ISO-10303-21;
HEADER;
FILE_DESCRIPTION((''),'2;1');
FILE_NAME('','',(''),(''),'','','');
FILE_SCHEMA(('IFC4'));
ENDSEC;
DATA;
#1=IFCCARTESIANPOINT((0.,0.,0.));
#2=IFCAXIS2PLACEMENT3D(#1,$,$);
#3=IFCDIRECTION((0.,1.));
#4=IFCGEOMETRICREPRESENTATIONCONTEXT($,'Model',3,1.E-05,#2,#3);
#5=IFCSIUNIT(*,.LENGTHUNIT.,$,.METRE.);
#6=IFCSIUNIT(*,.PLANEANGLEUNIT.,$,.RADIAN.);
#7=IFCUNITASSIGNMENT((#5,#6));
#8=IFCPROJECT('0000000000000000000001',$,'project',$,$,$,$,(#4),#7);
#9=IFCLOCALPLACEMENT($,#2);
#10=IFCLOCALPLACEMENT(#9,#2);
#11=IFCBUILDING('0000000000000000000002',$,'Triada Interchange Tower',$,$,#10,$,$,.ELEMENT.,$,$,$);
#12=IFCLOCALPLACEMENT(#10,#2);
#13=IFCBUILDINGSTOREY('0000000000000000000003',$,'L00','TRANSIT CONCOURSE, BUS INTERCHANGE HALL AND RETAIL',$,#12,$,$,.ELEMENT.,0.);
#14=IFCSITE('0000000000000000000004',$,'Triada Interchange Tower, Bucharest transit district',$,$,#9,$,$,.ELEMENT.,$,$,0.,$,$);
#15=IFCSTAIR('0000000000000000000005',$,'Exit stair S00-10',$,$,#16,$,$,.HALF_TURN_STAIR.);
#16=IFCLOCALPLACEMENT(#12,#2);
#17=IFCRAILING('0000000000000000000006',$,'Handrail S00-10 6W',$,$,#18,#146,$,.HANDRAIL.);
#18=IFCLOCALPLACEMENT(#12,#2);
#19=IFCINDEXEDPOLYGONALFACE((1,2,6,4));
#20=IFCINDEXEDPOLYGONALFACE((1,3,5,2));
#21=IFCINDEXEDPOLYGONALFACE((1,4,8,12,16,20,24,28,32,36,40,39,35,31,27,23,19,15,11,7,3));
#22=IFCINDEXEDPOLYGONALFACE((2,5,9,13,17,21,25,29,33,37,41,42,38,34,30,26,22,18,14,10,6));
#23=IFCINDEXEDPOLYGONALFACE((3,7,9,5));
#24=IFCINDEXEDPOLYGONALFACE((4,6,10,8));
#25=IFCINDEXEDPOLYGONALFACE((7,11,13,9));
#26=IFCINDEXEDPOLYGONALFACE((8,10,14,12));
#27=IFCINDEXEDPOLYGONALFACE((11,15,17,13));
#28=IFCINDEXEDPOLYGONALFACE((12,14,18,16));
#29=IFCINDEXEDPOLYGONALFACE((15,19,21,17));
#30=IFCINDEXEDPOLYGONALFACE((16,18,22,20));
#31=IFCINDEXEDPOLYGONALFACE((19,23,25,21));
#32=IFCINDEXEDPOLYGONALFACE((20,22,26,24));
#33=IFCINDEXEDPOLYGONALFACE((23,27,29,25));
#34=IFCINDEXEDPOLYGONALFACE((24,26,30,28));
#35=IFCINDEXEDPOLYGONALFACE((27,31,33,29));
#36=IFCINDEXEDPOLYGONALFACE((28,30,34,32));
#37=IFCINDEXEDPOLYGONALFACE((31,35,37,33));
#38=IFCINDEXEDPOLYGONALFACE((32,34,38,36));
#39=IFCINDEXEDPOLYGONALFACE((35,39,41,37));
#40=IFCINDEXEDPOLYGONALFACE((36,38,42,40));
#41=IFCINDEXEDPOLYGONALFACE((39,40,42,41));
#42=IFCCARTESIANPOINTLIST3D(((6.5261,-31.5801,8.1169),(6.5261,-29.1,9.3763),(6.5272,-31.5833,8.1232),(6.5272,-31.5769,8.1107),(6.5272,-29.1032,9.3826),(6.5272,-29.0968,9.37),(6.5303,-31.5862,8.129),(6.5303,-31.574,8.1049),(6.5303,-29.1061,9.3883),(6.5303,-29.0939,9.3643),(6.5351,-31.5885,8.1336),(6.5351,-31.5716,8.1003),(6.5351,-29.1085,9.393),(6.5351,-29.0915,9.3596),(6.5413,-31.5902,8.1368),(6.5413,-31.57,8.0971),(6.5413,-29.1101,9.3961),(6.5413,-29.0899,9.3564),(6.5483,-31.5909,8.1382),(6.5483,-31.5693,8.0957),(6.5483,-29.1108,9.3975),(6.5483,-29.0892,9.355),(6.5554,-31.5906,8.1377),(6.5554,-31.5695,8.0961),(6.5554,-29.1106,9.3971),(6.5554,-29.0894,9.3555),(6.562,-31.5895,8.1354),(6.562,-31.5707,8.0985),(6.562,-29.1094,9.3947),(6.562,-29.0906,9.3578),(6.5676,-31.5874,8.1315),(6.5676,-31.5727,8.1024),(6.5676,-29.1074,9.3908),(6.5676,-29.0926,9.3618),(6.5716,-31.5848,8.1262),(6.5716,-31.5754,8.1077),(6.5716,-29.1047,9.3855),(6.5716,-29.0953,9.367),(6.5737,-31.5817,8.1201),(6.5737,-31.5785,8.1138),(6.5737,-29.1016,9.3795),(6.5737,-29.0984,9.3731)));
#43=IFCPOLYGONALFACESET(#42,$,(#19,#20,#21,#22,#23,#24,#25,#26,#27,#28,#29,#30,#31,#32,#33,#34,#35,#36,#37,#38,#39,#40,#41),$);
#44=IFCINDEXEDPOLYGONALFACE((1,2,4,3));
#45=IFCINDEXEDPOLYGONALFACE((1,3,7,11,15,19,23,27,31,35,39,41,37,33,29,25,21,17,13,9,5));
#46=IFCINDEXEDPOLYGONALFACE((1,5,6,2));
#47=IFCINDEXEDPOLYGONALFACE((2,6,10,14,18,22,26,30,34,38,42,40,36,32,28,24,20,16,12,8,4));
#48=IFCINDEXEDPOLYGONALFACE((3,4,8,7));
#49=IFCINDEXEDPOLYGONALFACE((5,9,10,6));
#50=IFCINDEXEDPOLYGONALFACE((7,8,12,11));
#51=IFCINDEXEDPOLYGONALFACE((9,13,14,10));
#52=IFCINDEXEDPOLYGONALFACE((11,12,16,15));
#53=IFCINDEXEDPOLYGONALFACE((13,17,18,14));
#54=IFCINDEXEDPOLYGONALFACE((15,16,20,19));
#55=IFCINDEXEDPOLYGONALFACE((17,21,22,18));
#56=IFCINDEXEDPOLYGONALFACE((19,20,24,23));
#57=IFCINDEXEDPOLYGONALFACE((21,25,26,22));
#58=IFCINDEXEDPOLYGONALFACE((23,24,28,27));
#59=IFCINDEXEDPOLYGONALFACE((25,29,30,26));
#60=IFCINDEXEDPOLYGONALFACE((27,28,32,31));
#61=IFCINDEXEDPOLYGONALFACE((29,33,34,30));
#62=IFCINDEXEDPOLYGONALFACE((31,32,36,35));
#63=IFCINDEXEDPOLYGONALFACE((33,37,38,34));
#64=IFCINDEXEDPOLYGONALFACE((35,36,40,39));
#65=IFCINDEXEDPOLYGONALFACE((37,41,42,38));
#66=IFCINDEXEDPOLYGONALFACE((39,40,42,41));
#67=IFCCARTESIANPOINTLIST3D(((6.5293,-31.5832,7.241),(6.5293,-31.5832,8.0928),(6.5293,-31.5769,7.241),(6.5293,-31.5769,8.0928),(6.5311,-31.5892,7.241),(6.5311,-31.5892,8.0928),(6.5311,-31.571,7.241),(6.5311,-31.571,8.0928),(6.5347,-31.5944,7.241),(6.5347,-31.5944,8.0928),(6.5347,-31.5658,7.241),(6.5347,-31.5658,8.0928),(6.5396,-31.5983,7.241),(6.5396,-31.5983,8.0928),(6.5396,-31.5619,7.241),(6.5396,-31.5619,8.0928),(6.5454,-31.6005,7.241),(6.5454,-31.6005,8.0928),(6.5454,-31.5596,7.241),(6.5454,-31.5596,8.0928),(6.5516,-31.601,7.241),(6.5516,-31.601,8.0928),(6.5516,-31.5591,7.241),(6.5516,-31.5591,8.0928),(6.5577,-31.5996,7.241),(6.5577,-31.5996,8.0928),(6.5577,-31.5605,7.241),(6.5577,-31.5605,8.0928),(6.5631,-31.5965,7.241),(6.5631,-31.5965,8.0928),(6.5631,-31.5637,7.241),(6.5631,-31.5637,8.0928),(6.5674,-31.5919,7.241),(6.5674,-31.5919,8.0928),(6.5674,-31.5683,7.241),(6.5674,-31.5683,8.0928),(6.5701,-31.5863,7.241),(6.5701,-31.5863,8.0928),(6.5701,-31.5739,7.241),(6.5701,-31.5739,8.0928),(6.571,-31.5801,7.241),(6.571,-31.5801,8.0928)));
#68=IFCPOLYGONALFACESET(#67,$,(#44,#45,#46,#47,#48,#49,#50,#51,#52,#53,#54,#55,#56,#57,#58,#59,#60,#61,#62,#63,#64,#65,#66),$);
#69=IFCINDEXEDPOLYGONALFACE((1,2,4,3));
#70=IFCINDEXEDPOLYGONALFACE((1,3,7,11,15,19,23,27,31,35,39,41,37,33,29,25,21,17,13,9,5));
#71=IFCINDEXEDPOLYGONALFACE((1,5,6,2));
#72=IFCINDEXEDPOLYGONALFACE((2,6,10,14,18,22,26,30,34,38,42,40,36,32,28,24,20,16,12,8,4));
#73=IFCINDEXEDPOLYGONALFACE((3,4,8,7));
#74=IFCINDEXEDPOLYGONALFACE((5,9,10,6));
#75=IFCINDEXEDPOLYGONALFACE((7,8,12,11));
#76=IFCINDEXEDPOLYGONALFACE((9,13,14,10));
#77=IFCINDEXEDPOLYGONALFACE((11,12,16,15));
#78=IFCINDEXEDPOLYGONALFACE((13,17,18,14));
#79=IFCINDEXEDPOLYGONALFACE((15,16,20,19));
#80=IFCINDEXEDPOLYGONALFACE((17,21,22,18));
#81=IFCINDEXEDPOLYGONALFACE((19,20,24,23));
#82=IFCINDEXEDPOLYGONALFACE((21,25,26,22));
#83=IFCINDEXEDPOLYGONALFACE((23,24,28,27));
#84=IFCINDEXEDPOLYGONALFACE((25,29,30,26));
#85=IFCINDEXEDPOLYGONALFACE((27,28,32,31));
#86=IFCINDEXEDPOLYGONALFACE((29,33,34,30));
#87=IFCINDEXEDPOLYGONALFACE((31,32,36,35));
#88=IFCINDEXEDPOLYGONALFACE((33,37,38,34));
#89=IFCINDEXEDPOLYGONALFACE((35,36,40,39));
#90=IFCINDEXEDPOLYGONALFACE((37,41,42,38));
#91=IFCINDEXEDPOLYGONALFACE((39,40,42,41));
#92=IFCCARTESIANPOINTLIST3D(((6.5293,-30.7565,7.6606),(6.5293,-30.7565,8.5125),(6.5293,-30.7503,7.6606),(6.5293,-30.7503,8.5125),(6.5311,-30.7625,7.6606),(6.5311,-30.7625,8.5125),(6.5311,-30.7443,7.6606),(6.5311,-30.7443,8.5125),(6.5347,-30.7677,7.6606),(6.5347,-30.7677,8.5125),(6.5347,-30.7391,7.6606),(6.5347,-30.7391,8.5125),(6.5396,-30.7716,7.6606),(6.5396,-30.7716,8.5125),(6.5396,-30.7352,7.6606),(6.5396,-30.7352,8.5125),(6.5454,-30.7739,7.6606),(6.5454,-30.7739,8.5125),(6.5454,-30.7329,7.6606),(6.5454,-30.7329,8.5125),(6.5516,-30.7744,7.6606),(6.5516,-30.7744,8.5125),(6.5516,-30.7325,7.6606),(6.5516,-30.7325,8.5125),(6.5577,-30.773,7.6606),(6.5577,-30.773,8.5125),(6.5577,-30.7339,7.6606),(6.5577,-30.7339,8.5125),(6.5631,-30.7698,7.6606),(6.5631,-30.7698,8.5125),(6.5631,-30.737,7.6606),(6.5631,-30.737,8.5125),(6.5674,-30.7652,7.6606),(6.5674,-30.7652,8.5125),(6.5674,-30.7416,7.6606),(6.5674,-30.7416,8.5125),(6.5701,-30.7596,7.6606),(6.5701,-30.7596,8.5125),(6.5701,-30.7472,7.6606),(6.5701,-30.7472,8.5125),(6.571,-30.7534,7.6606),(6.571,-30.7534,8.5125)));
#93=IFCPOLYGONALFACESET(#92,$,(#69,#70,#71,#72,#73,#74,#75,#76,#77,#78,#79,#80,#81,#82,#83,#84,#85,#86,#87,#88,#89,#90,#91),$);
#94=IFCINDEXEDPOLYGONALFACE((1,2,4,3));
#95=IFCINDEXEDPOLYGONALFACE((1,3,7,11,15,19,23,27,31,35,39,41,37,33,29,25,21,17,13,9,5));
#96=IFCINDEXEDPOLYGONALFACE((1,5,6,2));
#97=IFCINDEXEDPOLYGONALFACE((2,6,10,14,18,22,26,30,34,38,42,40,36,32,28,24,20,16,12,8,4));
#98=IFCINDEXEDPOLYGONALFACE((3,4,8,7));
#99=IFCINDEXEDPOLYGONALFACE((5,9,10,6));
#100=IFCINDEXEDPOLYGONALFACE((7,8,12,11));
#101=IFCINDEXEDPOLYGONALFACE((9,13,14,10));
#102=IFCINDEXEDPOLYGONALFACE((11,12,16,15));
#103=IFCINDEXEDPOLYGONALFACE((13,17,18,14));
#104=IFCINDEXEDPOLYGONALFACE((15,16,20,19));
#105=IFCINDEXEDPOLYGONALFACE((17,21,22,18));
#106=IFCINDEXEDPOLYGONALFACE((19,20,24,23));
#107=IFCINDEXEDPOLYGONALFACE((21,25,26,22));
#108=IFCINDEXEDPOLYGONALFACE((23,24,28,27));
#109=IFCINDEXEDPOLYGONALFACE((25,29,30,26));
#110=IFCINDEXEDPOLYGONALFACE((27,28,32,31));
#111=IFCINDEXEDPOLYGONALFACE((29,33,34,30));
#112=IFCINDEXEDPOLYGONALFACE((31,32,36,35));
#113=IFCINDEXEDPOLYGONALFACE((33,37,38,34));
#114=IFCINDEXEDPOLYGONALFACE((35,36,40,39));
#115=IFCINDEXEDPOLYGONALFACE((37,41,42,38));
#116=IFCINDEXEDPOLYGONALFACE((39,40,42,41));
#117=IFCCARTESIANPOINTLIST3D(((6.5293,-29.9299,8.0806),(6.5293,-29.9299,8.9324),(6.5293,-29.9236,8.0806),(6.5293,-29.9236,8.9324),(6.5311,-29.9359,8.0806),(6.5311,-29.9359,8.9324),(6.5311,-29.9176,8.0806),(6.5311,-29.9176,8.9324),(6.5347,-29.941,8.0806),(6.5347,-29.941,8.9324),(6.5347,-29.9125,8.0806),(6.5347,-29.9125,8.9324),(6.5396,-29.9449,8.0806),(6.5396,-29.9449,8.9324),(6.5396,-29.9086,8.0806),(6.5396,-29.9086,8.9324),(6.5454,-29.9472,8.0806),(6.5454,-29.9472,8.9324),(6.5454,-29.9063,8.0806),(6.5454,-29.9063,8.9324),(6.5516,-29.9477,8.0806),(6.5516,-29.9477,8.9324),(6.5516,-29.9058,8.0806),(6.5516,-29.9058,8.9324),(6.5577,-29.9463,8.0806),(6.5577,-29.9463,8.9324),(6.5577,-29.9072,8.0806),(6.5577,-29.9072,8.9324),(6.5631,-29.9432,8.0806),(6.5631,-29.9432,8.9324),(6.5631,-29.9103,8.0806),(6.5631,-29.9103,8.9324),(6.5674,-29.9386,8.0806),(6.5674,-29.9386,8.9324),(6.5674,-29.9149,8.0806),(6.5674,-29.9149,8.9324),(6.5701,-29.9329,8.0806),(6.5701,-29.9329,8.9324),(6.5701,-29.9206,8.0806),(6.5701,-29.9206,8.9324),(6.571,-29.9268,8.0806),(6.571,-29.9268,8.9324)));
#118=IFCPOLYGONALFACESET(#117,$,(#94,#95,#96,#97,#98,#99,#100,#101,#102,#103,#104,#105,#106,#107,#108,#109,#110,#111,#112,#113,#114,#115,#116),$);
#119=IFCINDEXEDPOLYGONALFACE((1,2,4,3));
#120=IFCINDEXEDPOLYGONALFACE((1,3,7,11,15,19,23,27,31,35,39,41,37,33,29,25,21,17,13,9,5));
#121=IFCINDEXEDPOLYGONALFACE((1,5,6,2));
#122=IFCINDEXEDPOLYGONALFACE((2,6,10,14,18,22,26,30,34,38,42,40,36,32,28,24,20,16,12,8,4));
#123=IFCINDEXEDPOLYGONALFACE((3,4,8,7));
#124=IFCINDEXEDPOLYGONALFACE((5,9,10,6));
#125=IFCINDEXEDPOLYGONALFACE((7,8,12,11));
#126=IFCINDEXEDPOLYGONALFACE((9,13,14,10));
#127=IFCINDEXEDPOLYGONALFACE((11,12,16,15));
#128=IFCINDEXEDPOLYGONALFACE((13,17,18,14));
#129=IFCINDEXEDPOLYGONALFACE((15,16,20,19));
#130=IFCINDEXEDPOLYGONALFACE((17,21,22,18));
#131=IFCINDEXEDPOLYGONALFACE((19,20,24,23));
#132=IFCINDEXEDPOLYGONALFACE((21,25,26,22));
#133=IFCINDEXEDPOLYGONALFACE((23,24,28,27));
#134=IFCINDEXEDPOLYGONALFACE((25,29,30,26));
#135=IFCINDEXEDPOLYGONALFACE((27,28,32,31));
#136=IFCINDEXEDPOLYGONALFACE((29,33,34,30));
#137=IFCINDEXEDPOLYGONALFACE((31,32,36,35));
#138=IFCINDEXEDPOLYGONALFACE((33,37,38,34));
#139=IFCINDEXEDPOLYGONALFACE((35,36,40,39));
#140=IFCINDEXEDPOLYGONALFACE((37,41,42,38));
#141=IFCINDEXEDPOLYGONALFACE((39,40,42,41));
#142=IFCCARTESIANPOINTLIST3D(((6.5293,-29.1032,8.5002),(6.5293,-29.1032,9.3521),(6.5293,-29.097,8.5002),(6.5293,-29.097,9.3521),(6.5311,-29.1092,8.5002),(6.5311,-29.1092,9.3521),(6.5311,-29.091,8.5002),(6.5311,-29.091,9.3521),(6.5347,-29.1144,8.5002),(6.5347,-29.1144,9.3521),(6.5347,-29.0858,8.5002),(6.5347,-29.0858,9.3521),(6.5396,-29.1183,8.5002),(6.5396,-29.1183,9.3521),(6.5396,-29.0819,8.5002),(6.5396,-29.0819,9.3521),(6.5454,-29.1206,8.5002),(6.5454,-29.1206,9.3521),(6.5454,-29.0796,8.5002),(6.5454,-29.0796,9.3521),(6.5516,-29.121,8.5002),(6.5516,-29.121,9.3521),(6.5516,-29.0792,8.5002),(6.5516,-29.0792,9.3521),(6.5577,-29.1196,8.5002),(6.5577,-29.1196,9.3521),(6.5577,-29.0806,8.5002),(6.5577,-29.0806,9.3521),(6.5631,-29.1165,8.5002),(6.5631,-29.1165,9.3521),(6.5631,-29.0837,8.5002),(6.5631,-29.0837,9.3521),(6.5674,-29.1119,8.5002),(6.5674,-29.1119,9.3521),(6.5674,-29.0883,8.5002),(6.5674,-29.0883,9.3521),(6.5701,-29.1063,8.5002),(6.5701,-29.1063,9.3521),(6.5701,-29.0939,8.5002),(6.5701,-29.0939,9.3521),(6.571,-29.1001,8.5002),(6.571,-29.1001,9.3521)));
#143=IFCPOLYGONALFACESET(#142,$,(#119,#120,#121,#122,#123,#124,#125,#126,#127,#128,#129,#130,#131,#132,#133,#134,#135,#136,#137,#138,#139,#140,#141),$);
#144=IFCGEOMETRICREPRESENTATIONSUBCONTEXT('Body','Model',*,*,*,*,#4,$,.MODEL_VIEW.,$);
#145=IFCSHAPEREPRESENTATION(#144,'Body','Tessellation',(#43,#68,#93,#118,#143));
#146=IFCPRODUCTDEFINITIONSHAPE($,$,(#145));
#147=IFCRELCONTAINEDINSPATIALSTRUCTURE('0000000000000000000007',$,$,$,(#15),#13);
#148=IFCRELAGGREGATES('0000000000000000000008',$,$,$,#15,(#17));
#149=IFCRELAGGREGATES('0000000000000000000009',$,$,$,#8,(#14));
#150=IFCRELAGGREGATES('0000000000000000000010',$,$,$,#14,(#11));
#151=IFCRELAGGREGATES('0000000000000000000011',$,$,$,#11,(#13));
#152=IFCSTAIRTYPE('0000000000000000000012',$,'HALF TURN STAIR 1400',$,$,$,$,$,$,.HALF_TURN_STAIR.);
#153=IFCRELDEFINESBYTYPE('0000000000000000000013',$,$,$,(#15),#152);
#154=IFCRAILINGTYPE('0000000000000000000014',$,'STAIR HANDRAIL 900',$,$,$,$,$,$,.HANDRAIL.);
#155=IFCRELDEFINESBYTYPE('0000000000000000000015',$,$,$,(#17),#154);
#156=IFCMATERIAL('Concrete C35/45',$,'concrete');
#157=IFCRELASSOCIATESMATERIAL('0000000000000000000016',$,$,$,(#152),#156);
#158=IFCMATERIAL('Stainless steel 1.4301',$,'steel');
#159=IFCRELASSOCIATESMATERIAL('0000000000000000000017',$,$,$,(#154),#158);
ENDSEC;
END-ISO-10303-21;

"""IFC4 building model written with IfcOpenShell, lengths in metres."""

from ifc_helpers import new_model, si_unit, direction, frame, origin, origin_2d, place, context, subcontext, project, spatial, circle, extrude, material, type_object, element, aggregate, save


model = new_model("IFC4")

# Units and contexts
model_context = context("Model", 3, precision=1e-05, world=origin(), true_north=direction((0.0, 1.0)))
body_context = subcontext(model_context, "Body", "Model", "MODEL_VIEW")
ifc_project = project(units=[si_unit("LENGTHUNIT", "METRE"), si_unit("PLANEANGLEUNIT", "RADIAN")], contexts=[model_context])

# Site, building, storey
site_placement = place(None, origin())
site = spatial("IfcSite", under=ifc_project, at=site_placement, Name="Triada Interchange Tower, Bucharest transit district", CompositionType="ELEMENT", RefElevation=0.0)
building_placement = place(site_placement, origin())
building = spatial("IfcBuilding", under=site, at=building_placement, Name="Triada Interchange Tower", CompositionType="ELEMENT")
storey_placement = place(building_placement, origin())
storey = spatial("IfcBuildingStorey", under=building, at=storey_placement, Name="L00", Description="TRANSIT CONCOURSE, BUS INTERCHANGE HALL AND RETAIL", CompositionType="ELEMENT", Elevation=0.0)

# Shared definitions
ifc_material_1 = material(Name="Concrete C35/45", Category="concrete")

# Shared definitions
stair_type = type_object("IfcStairType", Name="HALF TURN STAIR 1400", PredefinedType="HALF_TURN_STAIR", material=ifc_material_1)
ifc_material_2 = material(Name="Stainless steel 1.4301", Category="steel")
railing_type_1 = type_object("IfcRailingType", Name="STAIR HANDRAIL 900", PredefinedType="HANDRAIL", material=ifc_material_2)

# Stair, railing
stair_1_placement = place(storey_placement, origin())
stair_1 = element("IfcStair", 1, at=stair_1_placement, inside=storey, type_object=stair_type, Name="Exit stair S00-10", PredefinedType="HALF_TURN_STAIR")
railing_1_placement = place(storey_placement, frame((6.55, -31.5801, 7.241)))
railing_1 = element("IfcRailing", 2, at=railing_1_placement, type_object=railing_type_1, Name="Handrail S00-10 6W", PredefinedType="HANDRAIL", context=body_context, shape_type="SweptSolid", body=[
    extrude(circle(Radius=0.0239, at=origin_2d()), frame((0.0, 0.0, 0.876), z_axis=(0.0, 0.891636, 0.452752), x_axis=(-1.0, 0.0, 0.0)), (0.0, 0.0, 1.0), 2.7815),
    extrude(circle(Radius=0.021, at=origin_2d()), origin(), (0.0, 0.0, 1.0), 0.8518),
    extrude(circle(Radius=0.021, at=origin_2d()), frame((0.0, 0.8267, 0.4197)), (0.0, 0.0, 1.0), 0.8518),
    extrude(circle(Radius=0.021, at=origin_2d()), frame((0.0, 1.6533, 0.8396)), (0.0, 0.0, 1.0), 0.8518),
    extrude(circle(Radius=0.021, at=origin_2d()), frame((0.0, 2.48, 1.2593)), (0.0, 0.0, 1.0), 0.8518),
])
aggregate(stair_1, [railing_1])

save(model, "model.ifc")
